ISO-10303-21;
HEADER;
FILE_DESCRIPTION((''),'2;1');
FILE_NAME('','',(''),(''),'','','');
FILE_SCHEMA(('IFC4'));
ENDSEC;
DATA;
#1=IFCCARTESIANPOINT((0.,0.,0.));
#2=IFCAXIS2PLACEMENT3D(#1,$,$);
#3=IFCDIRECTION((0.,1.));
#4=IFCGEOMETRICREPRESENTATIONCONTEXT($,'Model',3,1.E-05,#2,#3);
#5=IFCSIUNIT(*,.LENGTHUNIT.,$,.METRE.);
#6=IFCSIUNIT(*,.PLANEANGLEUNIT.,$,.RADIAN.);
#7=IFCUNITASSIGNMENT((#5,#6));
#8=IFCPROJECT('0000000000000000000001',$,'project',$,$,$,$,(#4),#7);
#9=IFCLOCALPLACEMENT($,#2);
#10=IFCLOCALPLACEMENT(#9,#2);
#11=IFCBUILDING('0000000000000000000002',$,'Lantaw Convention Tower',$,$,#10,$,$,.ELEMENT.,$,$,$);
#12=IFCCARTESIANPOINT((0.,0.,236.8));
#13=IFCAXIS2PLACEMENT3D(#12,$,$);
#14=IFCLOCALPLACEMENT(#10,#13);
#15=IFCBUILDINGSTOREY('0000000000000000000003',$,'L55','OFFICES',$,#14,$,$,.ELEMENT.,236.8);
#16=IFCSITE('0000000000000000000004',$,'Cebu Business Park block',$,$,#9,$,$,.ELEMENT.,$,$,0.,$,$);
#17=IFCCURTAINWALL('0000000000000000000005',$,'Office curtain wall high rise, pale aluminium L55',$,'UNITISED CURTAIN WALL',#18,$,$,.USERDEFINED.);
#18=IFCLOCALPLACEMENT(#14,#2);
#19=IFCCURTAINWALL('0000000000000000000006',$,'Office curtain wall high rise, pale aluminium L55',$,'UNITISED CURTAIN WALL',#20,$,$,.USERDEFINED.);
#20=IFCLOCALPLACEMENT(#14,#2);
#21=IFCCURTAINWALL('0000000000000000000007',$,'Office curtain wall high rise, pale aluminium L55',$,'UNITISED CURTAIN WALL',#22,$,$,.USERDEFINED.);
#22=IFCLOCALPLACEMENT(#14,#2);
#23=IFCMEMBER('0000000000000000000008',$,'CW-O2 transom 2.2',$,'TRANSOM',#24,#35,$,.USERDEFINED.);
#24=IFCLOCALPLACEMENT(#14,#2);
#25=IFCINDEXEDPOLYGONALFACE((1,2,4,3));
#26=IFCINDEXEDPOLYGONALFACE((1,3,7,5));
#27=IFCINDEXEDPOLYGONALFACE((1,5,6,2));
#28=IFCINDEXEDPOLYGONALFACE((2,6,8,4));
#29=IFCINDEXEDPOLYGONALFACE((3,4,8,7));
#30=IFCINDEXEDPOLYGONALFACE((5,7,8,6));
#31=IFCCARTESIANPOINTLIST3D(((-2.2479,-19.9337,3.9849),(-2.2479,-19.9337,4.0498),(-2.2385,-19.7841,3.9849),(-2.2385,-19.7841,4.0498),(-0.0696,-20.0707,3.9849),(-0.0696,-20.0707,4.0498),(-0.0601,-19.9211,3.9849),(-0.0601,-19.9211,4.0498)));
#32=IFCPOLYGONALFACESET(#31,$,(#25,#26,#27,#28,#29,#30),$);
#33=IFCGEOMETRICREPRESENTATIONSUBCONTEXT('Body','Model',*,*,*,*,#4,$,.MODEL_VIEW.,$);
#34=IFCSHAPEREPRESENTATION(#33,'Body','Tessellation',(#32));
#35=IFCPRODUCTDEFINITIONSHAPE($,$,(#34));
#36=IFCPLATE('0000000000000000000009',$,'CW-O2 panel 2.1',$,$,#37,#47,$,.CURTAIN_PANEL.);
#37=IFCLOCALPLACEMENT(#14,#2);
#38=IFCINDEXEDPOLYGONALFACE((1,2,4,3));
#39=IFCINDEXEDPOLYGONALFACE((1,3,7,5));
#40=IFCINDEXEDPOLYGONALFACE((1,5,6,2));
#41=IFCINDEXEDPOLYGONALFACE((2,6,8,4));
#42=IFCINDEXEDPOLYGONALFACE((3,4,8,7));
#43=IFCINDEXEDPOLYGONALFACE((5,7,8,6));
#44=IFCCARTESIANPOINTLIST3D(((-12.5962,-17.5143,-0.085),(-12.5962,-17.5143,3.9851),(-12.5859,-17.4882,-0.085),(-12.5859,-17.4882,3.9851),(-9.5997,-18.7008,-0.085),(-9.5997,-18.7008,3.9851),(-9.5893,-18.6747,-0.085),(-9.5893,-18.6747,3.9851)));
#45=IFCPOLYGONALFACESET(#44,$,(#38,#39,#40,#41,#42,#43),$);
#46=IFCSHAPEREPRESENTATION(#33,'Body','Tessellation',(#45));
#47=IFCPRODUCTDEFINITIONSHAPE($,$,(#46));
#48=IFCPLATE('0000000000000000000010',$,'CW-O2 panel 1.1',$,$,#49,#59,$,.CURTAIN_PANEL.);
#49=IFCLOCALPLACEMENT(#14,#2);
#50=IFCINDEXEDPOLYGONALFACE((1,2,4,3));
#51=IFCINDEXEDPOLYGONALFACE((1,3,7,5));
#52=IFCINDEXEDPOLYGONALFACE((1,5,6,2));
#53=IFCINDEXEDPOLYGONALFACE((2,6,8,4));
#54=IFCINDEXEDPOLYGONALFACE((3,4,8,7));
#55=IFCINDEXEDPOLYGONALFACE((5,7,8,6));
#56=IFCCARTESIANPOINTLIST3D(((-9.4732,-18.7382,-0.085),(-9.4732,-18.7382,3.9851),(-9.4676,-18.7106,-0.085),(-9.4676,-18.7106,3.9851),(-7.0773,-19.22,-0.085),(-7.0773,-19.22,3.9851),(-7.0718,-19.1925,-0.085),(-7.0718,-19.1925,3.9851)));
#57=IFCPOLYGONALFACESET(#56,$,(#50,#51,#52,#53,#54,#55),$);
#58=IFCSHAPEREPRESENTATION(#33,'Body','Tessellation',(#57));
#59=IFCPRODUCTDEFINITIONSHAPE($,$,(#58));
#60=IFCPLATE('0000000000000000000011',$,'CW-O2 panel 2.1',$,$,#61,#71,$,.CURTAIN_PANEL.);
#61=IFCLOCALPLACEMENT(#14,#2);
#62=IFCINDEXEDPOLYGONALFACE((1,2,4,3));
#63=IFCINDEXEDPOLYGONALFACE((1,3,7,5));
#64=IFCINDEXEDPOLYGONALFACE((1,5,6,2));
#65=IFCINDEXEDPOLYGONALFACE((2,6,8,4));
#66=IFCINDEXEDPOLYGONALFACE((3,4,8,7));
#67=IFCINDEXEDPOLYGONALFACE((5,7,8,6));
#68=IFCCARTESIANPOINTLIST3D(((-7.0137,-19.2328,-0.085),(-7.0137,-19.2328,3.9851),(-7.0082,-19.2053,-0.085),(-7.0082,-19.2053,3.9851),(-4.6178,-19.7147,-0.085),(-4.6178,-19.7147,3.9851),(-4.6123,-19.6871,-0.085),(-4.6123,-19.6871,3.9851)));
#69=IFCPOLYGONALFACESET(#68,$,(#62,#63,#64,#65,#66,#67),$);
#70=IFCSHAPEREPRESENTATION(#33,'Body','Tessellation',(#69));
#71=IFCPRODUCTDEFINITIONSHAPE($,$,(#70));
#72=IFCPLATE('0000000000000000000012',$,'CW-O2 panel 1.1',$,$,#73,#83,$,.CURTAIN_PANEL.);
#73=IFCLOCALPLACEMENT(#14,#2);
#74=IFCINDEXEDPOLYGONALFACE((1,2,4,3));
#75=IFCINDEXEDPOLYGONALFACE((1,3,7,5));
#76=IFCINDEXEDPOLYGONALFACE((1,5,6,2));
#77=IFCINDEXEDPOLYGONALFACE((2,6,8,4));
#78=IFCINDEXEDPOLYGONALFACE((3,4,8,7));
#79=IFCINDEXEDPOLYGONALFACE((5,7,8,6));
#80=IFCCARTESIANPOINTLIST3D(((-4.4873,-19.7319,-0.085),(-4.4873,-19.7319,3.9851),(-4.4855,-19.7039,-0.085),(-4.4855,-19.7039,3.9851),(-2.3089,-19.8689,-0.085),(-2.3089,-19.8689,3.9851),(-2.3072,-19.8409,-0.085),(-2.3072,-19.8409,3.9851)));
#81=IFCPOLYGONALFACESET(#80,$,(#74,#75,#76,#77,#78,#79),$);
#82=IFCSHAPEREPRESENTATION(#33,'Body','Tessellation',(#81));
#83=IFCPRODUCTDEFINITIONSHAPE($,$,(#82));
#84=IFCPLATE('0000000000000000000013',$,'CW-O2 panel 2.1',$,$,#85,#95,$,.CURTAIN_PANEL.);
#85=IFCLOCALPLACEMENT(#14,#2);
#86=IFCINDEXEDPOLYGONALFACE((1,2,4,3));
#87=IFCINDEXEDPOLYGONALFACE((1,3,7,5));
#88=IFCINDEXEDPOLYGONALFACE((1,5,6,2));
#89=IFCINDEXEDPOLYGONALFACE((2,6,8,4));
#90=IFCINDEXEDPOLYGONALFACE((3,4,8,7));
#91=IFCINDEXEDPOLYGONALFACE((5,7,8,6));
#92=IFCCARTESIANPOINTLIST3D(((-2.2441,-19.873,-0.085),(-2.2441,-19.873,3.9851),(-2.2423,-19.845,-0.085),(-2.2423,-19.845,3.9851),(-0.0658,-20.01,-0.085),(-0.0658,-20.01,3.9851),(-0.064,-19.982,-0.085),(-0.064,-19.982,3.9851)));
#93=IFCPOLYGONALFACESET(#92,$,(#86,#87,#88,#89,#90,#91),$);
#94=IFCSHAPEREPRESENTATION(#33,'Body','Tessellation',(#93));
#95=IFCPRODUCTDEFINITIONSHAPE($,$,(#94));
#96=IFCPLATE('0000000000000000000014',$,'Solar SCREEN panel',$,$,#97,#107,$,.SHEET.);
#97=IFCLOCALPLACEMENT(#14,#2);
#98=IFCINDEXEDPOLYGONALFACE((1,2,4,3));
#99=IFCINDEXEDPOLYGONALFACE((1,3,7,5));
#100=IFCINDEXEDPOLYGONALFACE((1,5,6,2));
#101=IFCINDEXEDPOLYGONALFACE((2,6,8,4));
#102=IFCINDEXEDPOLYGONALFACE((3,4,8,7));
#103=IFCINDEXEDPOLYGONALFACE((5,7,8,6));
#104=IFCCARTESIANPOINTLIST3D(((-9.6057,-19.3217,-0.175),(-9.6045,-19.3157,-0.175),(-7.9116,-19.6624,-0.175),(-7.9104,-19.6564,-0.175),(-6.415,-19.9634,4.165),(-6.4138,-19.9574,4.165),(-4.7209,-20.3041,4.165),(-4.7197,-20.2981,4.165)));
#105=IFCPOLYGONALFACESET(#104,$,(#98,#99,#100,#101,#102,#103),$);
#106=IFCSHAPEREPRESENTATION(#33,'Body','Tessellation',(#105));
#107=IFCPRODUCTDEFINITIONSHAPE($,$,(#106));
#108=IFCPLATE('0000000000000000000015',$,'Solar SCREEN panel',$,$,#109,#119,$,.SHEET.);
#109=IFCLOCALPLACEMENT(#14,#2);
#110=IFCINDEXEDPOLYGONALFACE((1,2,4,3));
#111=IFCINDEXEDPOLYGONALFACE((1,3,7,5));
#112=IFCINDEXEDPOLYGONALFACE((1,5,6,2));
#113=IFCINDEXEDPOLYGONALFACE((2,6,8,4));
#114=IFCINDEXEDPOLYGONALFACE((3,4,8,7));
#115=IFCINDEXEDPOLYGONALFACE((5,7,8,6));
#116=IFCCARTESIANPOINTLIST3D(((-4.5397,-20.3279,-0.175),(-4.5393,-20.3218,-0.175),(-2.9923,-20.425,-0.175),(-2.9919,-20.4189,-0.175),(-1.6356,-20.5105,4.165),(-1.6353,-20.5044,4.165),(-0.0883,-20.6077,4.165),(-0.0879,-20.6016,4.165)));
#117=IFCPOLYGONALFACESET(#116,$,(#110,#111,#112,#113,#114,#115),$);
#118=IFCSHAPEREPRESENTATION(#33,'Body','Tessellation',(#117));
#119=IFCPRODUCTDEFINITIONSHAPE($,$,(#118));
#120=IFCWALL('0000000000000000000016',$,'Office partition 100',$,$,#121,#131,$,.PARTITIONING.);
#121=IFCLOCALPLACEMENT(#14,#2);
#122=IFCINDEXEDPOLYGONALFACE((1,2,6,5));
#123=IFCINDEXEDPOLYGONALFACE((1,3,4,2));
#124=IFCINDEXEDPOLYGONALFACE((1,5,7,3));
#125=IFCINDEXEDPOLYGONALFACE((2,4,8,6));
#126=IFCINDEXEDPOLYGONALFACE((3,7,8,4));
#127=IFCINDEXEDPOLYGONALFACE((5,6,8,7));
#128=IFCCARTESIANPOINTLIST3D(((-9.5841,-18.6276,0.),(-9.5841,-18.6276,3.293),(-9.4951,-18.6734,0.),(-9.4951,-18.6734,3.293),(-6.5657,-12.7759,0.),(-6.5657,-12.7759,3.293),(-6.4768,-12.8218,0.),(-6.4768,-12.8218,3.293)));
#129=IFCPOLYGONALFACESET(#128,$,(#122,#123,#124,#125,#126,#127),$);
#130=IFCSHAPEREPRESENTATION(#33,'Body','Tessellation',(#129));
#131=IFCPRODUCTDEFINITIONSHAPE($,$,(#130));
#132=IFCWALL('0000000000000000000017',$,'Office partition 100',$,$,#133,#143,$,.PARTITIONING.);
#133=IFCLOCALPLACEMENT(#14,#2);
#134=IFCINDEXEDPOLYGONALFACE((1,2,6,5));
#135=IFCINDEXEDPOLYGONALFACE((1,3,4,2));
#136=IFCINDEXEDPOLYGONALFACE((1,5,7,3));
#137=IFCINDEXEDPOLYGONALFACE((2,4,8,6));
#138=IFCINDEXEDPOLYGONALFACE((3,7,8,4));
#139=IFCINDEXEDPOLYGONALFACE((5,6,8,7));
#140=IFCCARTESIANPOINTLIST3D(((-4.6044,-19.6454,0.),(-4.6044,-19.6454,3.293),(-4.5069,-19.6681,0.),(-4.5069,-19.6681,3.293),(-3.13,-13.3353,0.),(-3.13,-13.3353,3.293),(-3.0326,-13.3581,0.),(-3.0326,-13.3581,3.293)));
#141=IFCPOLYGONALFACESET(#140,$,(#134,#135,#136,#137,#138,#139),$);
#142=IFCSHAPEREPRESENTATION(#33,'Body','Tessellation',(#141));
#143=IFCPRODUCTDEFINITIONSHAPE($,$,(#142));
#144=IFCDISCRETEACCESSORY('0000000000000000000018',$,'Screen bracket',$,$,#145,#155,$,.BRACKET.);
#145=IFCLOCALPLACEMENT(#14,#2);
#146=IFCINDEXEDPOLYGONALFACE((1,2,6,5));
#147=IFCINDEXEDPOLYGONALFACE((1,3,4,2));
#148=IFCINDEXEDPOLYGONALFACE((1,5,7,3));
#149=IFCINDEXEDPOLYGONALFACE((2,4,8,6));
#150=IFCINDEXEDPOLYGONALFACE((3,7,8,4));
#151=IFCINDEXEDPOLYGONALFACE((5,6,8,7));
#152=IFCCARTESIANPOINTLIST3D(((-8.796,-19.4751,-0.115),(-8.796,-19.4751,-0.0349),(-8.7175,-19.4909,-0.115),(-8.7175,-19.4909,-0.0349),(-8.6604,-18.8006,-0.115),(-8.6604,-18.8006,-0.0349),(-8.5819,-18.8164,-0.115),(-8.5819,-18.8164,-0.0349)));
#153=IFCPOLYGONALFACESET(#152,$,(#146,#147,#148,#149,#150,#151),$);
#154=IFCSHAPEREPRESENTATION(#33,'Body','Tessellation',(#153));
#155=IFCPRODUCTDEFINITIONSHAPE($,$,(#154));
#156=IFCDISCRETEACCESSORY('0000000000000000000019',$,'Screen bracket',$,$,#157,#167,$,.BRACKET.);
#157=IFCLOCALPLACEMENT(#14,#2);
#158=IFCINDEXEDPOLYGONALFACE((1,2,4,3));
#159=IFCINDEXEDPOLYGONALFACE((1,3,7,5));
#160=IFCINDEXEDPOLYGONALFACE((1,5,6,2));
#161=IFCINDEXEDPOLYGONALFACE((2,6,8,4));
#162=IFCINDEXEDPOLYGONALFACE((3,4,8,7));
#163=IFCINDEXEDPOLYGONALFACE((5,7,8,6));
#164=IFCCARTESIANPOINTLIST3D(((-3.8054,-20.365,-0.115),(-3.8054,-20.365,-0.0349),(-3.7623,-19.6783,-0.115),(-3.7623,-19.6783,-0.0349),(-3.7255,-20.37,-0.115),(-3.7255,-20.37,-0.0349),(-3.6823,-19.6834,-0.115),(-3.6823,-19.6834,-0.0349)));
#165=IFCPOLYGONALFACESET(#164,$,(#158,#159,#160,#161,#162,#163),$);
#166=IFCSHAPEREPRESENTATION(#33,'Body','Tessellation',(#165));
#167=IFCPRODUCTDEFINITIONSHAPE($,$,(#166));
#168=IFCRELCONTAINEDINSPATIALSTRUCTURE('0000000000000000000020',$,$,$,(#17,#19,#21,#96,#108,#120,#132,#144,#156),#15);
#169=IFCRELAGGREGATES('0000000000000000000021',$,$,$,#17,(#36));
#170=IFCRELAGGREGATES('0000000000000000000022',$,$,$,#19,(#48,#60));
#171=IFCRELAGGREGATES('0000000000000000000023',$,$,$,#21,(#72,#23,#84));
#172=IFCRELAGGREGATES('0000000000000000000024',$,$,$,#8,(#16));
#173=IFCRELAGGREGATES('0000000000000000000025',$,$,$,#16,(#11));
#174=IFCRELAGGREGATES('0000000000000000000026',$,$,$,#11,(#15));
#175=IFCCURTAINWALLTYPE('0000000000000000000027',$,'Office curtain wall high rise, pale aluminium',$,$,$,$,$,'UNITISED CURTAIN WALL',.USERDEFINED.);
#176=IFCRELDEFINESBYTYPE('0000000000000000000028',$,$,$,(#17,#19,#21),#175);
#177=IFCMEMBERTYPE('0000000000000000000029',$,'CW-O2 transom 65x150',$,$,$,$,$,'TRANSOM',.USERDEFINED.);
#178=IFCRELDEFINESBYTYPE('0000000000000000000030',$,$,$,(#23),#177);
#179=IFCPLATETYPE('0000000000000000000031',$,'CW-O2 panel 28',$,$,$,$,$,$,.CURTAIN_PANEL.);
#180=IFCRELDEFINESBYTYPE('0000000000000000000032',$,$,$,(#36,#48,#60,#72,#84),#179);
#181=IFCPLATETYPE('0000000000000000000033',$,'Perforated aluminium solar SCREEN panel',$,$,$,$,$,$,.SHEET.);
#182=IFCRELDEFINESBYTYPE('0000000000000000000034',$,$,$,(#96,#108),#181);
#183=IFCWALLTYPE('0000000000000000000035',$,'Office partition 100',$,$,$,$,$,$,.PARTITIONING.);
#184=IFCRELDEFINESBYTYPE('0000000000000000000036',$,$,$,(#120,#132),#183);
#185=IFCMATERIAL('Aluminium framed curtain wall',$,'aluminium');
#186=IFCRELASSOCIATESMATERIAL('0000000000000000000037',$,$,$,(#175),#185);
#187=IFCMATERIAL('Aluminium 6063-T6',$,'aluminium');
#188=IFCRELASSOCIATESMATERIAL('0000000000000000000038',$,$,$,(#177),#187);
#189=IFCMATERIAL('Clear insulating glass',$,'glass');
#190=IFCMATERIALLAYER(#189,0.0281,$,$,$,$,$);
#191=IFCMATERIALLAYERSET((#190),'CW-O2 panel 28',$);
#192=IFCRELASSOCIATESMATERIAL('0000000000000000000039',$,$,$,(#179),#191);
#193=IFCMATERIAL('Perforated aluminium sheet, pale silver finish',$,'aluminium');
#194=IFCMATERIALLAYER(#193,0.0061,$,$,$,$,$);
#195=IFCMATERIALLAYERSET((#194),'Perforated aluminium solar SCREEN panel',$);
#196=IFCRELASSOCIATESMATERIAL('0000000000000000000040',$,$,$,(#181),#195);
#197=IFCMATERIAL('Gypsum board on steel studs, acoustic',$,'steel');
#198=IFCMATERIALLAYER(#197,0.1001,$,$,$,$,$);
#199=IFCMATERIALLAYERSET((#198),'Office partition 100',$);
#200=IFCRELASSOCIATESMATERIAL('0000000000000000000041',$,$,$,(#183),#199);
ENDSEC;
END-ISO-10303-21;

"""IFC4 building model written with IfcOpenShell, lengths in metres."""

from ifc_helpers import new_model, si_unit, direction, frame, frame_2d, origin, origin_2d, place, context, subcontext, project, spatial, polyline, rectangle, outline, extrude, material, layer, layer_set, material_profile, profile_set, type_object, element, aggregate, save


model = new_model("IFC4")

# Units and contexts
model_context = context("Model", 3, precision=1e-05, world=origin(), true_north=direction((0.0, 1.0)))
body_context = subcontext(model_context, "Body", "Model", "MODEL_VIEW")
ifc_project = project(units=[si_unit("LENGTHUNIT", "METRE"), si_unit("PLANEANGLEUNIT", "RADIAN")], contexts=[model_context])

# Site, building, storey
site_placement = place(None, origin())
site = spatial("IfcSite", under=ifc_project, at=site_placement, Name="Cebu Business Park block", CompositionType="ELEMENT", RefElevation=0.0)
building_placement = place(site_placement, origin())
building = spatial("IfcBuilding", under=site, at=building_placement, Name="Lantaw Convention Tower", CompositionType="ELEMENT")
storey_placement = place(building_placement, frame((0.0, 0.0, 236.8)))
storey = spatial("IfcBuildingStorey", under=building, at=storey_placement, Name="L55", Description="OFFICES", CompositionType="ELEMENT", Elevation=236.8)

# Curtain walls
ifc_material_1 = material(Name="Aluminium framed curtain wall", Category="aluminium")
curtain_wall_type = type_object("IfcCurtainWallType", Name="Office curtain wall high rise, pale aluminium", ElementType="UNITISED CURTAIN WALL", PredefinedType="USERDEFINED", material=ifc_material_1)
curtain_wall_1_placement = place(storey_placement, origin())
curtain_wall_1 = element("IfcCurtainWall", 1, at=curtain_wall_1_placement, inside=storey, type_object=curtain_wall_type, Name="Office curtain wall high rise, pale aluminium L55", ObjectType="UNITISED CURTAIN WALL", PredefinedType="USERDEFINED")
ifc_material_2 = material(Name="Aluminium 6063-T6", Category="aluminium")
curtain_wall_2_placement = place(storey_placement, origin())
curtain_wall_2 = element("IfcCurtainWall", 2, at=curtain_wall_2_placement, inside=storey, type_object=curtain_wall_type, Name="Office curtain wall high rise, pale aluminium L55", ObjectType="UNITISED CURTAIN WALL", PredefinedType="USERDEFINED")
curtain_wall_3_placement = place(storey_placement, origin())
curtain_wall_3 = element("IfcCurtainWall", 3, at=curtain_wall_3_placement, inside=storey, type_object=curtain_wall_type, Name="Office curtain wall high rise, pale aluminium L55", ObjectType="UNITISED CURTAIN WALL", PredefinedType="USERDEFINED")

# Member
ifc_material_profile_1 = material_profile(ifc_material_2, rectangle(XDim=0.1499, YDim=0.0649, at=origin_2d()), Name="CW-O2 transom 65x150")
ifc_profile_set_1 = profile_set([ifc_material_profile_1], Name="Aluminium 6063-T6")
member_type_1 = type_object("IfcMemberType", Name="CW-O2 transom 65x150", ElementType="TRANSOM", PredefinedType="USERDEFINED", material=ifc_profile_set_1)
member_1_placement = place(storey_placement, frame((-2.2432, -19.8589, 4.0173), z_axis=(0.998029, -0.062754, 0.0), x_axis=(0.062754, 0.998029, 0.0)))
member_1 = element("IfcMember", 4, at=member_1_placement, type_object=member_type_1, Name="CW-O2 transom 2.2", ObjectType="TRANSOM", PredefinedType="USERDEFINED", context=body_context, shape_type="SweptSolid", body=[
    extrude(rectangle(XDim=0.1499, YDim=0.0649, at=origin_2d()), origin(), (0.0, 0.0, 1.0), 2.1826),
])

# Plates
ifc_material_3 = material(Name="Clear insulating glass", Category="glass")
ifc_layer_1 = layer(ifc_material_3, 0.0281)
ifc_layer_set_1 = layer_set([ifc_layer_1], Name="CW-O2 panel 28")
plate_type_1 = type_object("IfcPlateType", Name="CW-O2 panel 28", PredefinedType="CURTAIN_PANEL", material=ifc_layer_set_1)
plate_1_placement = place(storey_placement, frame((-11.0928, -18.0945, -0.085), z_axis=(0.0, 0.0, 1.0), x_axis=(0.929762, -0.368162, 0.0)))
plate_1 = element("IfcPlate", 5, at=plate_1_placement, type_object=plate_type_1, Name="CW-O2 panel 2.1", PredefinedType="CURTAIN_PANEL", context=body_context, shape_type="SweptSolid", body=[
    extrude(rectangle(XDim=3.2229, YDim=0.0281, at=origin_2d()), origin(), (0.0, 0.0, 1.0), 4.0701),
])
aggregate(curtain_wall_1, [plate_1])
plate_2_placement = place(storey_placement, frame((-8.2725, -18.9653, -0.085), z_axis=(0.0, 0.0, 1.0), x_axis=(0.980367, -0.197183, 0.0)))
plate_2 = element("IfcPlate", 6, at=plate_2_placement, type_object=plate_type_1, Name="CW-O2 panel 1.1", PredefinedType="CURTAIN_PANEL", context=body_context, shape_type="SweptSolid", body=[
    extrude(rectangle(XDim=2.4438, YDim=0.0281, at=origin_2d()), origin(), (0.0, 0.0, 1.0), 4.0701),
])
plate_3_placement = place(storey_placement, frame((-5.813, -19.46, -0.085), z_axis=(0.0, 0.0, 1.0), x_axis=(0.980367, -0.197183, 0.0)))
plate_3 = element("IfcPlate", 7, at=plate_3_placement, type_object=plate_type_1, Name="CW-O2 panel 2.1", PredefinedType="CURTAIN_PANEL", context=body_context, shape_type="SweptSolid", body=[
    extrude(rectangle(XDim=2.4438, YDim=0.0281, at=origin_2d()), origin(), (0.0, 0.0, 1.0), 4.0701),
])
aggregate(curtain_wall_2, [plate_2, plate_3])
plate_4_placement = place(storey_placement, frame((-3.3972, -19.7864, -0.085), z_axis=(0.0, 0.0, 1.0), x_axis=(0.998029, -0.062758, 0.0)))
plate_4 = element("IfcPlate", 8, at=plate_4_placement, type_object=plate_type_1, Name="CW-O2 panel 1.1", PredefinedType="CURTAIN_PANEL", context=body_context, shape_type="SweptSolid", body=[
    extrude(rectangle(XDim=2.1826, YDim=0.0281, at=origin_2d()), origin(), (0.0, 0.0, 1.0), 4.0701),
])
plate_5_placement = place(storey_placement, frame((-1.1541, -19.9275, -0.085), z_axis=(0.0, 0.0, 1.0), x_axis=(0.998029, -0.062758, 0.0)))
plate_5 = element("IfcPlate", 9, at=plate_5_placement, type_object=plate_type_1, Name="CW-O2 panel 2.1", PredefinedType="CURTAIN_PANEL", context=body_context, shape_type="SweptSolid", body=[
    extrude(rectangle(XDim=2.1826, YDim=0.0281, at=origin_2d()), origin(), (0.0, 0.0, 1.0), 4.0701),
])
aggregate(curtain_wall_3, [plate_4, member_1, plate_5])

# Plates
ifc_material_4 = material(Name="Perforated aluminium sheet, pale silver finish", Category="aluminium")
ifc_layer_2 = layer(ifc_material_4, 0.0061)
ifc_layer_set_2 = layer_set([ifc_layer_2], Name="Perforated aluminium solar SCREEN panel")
plate_type_2 = type_object("IfcPlateType", Name="Perforated aluminium solar SCREEN panel", PredefinedType="SHEET", material=ifc_layer_set_2)
plate_6_placement = place(storey_placement, frame((-9.6045, -19.3157, -0.175), z_axis=(0.197162, 0.980371, 0.000011), x_axis=(0.980371, -0.197162, 0.0)))
element("IfcPlate", 10, at=plate_6_placement, inside=storey, type_object=plate_type_2, Name="Solar SCREEN panel", PredefinedType="SHEET", context=body_context, shape_type="SweptSolid", body=[
    extrude(outline(polyline([(0.0, 0.0), (1.728, 0.0), (4.9826, -4.3401), (3.2545, -4.3401), (0.0, 0.0)])), origin(), (0.0, 0.0, -1.0), 0.0061),
])
plate_7_placement = place(storey_placement, frame((-4.5393, -20.3218, -0.175), z_axis=(0.062672, 0.998034, 0.000059), x_axis=(0.998034, -0.062672, 0.0)))
element("IfcPlate", 11, at=plate_7_placement, inside=storey, type_object=plate_type_2, Name="Solar SCREEN panel", PredefinedType="SHEET", context=body_context, shape_type="SweptSolid", body=[
    extrude(outline(polyline([(0.0, 0.0), (1.5504, 0.0), (4.4602, -4.3401), (2.9098, -4.3401), (0.0, 0.0)])), origin(), (0.0, 0.0, -1.0), 0.0061),
])

# Walls
ifc_material_5 = material(Name="Gypsum board on steel studs, acoustic", Category="steel")
ifc_layer_3 = layer(ifc_material_5, 0.1001)
ifc_layer_set_3 = layer_set([ifc_layer_3], Name="Office partition 100")
wall_type = type_object("IfcWallType", Name="Office partition 100", PredefinedType="PARTITIONING", material=ifc_layer_set_3)
wall_1_placement = place(storey_placement, frame((-9.5396, -18.6504, 0.0), z_axis=(0.0, 0.0, 1.0), x_axis=(0.458421, 0.888735, 0.0)))
element("IfcWall", 12, at=wall_1_placement, inside=storey, type_object=wall_type, Name="Office partition 100", PredefinedType="PARTITIONING", context=body_context, shape_type="SweptSolid", body=[
    extrude(rectangle(XDim=6.5842, YDim=0.1001, at=frame_2d((3.292, 0.0))), origin(), (0.0, 0.0, 1.0), 3.293),
])
wall_2_placement = place(storey_placement, frame((-4.5557, -19.6567, 0.0), z_axis=(0.0, 0.0, 1.0), x_axis=(0.227525, 0.973772, 0.0)))
element("IfcWall", 13, at=wall_2_placement, inside=storey, type_object=wall_type, Name="Office partition 100", PredefinedType="PARTITIONING", context=body_context, shape_type="SweptSolid", body=[
    extrude(rectangle(XDim=6.48, YDim=0.1001, at=frame_2d((3.24, 0.0))), origin(), (0.0, 0.0, 1.0), 3.293),
])

# Discrete accessories
for number, where, z_axis, x_axis, name in (
    (14, (-8.689, -19.1458, -0.115), (0.0, 0.0, 1.0), (0.980367, -0.197183, 0.0), "Screen bracket"),
    (15, (-3.7439, -20.0242, -0.115), (0.0, 0.0, 1.0), (0.998029, -0.062758, 0.0), "Screen bracket"),
):
    element("IfcDiscreteAccessory", number, at=place(storey_placement, frame(where, z_axis=z_axis, x_axis=x_axis)), inside=storey, Name=name, PredefinedType="BRACKET", context=body_context, shape_type="SweptSolid", body=[
        extrude(rectangle(XDim=0.0801, YDim=0.688, at=origin_2d()), origin(), (0.0, 0.0, 1.0), 0.0801),
    ])

save(model, "model.ifc")
